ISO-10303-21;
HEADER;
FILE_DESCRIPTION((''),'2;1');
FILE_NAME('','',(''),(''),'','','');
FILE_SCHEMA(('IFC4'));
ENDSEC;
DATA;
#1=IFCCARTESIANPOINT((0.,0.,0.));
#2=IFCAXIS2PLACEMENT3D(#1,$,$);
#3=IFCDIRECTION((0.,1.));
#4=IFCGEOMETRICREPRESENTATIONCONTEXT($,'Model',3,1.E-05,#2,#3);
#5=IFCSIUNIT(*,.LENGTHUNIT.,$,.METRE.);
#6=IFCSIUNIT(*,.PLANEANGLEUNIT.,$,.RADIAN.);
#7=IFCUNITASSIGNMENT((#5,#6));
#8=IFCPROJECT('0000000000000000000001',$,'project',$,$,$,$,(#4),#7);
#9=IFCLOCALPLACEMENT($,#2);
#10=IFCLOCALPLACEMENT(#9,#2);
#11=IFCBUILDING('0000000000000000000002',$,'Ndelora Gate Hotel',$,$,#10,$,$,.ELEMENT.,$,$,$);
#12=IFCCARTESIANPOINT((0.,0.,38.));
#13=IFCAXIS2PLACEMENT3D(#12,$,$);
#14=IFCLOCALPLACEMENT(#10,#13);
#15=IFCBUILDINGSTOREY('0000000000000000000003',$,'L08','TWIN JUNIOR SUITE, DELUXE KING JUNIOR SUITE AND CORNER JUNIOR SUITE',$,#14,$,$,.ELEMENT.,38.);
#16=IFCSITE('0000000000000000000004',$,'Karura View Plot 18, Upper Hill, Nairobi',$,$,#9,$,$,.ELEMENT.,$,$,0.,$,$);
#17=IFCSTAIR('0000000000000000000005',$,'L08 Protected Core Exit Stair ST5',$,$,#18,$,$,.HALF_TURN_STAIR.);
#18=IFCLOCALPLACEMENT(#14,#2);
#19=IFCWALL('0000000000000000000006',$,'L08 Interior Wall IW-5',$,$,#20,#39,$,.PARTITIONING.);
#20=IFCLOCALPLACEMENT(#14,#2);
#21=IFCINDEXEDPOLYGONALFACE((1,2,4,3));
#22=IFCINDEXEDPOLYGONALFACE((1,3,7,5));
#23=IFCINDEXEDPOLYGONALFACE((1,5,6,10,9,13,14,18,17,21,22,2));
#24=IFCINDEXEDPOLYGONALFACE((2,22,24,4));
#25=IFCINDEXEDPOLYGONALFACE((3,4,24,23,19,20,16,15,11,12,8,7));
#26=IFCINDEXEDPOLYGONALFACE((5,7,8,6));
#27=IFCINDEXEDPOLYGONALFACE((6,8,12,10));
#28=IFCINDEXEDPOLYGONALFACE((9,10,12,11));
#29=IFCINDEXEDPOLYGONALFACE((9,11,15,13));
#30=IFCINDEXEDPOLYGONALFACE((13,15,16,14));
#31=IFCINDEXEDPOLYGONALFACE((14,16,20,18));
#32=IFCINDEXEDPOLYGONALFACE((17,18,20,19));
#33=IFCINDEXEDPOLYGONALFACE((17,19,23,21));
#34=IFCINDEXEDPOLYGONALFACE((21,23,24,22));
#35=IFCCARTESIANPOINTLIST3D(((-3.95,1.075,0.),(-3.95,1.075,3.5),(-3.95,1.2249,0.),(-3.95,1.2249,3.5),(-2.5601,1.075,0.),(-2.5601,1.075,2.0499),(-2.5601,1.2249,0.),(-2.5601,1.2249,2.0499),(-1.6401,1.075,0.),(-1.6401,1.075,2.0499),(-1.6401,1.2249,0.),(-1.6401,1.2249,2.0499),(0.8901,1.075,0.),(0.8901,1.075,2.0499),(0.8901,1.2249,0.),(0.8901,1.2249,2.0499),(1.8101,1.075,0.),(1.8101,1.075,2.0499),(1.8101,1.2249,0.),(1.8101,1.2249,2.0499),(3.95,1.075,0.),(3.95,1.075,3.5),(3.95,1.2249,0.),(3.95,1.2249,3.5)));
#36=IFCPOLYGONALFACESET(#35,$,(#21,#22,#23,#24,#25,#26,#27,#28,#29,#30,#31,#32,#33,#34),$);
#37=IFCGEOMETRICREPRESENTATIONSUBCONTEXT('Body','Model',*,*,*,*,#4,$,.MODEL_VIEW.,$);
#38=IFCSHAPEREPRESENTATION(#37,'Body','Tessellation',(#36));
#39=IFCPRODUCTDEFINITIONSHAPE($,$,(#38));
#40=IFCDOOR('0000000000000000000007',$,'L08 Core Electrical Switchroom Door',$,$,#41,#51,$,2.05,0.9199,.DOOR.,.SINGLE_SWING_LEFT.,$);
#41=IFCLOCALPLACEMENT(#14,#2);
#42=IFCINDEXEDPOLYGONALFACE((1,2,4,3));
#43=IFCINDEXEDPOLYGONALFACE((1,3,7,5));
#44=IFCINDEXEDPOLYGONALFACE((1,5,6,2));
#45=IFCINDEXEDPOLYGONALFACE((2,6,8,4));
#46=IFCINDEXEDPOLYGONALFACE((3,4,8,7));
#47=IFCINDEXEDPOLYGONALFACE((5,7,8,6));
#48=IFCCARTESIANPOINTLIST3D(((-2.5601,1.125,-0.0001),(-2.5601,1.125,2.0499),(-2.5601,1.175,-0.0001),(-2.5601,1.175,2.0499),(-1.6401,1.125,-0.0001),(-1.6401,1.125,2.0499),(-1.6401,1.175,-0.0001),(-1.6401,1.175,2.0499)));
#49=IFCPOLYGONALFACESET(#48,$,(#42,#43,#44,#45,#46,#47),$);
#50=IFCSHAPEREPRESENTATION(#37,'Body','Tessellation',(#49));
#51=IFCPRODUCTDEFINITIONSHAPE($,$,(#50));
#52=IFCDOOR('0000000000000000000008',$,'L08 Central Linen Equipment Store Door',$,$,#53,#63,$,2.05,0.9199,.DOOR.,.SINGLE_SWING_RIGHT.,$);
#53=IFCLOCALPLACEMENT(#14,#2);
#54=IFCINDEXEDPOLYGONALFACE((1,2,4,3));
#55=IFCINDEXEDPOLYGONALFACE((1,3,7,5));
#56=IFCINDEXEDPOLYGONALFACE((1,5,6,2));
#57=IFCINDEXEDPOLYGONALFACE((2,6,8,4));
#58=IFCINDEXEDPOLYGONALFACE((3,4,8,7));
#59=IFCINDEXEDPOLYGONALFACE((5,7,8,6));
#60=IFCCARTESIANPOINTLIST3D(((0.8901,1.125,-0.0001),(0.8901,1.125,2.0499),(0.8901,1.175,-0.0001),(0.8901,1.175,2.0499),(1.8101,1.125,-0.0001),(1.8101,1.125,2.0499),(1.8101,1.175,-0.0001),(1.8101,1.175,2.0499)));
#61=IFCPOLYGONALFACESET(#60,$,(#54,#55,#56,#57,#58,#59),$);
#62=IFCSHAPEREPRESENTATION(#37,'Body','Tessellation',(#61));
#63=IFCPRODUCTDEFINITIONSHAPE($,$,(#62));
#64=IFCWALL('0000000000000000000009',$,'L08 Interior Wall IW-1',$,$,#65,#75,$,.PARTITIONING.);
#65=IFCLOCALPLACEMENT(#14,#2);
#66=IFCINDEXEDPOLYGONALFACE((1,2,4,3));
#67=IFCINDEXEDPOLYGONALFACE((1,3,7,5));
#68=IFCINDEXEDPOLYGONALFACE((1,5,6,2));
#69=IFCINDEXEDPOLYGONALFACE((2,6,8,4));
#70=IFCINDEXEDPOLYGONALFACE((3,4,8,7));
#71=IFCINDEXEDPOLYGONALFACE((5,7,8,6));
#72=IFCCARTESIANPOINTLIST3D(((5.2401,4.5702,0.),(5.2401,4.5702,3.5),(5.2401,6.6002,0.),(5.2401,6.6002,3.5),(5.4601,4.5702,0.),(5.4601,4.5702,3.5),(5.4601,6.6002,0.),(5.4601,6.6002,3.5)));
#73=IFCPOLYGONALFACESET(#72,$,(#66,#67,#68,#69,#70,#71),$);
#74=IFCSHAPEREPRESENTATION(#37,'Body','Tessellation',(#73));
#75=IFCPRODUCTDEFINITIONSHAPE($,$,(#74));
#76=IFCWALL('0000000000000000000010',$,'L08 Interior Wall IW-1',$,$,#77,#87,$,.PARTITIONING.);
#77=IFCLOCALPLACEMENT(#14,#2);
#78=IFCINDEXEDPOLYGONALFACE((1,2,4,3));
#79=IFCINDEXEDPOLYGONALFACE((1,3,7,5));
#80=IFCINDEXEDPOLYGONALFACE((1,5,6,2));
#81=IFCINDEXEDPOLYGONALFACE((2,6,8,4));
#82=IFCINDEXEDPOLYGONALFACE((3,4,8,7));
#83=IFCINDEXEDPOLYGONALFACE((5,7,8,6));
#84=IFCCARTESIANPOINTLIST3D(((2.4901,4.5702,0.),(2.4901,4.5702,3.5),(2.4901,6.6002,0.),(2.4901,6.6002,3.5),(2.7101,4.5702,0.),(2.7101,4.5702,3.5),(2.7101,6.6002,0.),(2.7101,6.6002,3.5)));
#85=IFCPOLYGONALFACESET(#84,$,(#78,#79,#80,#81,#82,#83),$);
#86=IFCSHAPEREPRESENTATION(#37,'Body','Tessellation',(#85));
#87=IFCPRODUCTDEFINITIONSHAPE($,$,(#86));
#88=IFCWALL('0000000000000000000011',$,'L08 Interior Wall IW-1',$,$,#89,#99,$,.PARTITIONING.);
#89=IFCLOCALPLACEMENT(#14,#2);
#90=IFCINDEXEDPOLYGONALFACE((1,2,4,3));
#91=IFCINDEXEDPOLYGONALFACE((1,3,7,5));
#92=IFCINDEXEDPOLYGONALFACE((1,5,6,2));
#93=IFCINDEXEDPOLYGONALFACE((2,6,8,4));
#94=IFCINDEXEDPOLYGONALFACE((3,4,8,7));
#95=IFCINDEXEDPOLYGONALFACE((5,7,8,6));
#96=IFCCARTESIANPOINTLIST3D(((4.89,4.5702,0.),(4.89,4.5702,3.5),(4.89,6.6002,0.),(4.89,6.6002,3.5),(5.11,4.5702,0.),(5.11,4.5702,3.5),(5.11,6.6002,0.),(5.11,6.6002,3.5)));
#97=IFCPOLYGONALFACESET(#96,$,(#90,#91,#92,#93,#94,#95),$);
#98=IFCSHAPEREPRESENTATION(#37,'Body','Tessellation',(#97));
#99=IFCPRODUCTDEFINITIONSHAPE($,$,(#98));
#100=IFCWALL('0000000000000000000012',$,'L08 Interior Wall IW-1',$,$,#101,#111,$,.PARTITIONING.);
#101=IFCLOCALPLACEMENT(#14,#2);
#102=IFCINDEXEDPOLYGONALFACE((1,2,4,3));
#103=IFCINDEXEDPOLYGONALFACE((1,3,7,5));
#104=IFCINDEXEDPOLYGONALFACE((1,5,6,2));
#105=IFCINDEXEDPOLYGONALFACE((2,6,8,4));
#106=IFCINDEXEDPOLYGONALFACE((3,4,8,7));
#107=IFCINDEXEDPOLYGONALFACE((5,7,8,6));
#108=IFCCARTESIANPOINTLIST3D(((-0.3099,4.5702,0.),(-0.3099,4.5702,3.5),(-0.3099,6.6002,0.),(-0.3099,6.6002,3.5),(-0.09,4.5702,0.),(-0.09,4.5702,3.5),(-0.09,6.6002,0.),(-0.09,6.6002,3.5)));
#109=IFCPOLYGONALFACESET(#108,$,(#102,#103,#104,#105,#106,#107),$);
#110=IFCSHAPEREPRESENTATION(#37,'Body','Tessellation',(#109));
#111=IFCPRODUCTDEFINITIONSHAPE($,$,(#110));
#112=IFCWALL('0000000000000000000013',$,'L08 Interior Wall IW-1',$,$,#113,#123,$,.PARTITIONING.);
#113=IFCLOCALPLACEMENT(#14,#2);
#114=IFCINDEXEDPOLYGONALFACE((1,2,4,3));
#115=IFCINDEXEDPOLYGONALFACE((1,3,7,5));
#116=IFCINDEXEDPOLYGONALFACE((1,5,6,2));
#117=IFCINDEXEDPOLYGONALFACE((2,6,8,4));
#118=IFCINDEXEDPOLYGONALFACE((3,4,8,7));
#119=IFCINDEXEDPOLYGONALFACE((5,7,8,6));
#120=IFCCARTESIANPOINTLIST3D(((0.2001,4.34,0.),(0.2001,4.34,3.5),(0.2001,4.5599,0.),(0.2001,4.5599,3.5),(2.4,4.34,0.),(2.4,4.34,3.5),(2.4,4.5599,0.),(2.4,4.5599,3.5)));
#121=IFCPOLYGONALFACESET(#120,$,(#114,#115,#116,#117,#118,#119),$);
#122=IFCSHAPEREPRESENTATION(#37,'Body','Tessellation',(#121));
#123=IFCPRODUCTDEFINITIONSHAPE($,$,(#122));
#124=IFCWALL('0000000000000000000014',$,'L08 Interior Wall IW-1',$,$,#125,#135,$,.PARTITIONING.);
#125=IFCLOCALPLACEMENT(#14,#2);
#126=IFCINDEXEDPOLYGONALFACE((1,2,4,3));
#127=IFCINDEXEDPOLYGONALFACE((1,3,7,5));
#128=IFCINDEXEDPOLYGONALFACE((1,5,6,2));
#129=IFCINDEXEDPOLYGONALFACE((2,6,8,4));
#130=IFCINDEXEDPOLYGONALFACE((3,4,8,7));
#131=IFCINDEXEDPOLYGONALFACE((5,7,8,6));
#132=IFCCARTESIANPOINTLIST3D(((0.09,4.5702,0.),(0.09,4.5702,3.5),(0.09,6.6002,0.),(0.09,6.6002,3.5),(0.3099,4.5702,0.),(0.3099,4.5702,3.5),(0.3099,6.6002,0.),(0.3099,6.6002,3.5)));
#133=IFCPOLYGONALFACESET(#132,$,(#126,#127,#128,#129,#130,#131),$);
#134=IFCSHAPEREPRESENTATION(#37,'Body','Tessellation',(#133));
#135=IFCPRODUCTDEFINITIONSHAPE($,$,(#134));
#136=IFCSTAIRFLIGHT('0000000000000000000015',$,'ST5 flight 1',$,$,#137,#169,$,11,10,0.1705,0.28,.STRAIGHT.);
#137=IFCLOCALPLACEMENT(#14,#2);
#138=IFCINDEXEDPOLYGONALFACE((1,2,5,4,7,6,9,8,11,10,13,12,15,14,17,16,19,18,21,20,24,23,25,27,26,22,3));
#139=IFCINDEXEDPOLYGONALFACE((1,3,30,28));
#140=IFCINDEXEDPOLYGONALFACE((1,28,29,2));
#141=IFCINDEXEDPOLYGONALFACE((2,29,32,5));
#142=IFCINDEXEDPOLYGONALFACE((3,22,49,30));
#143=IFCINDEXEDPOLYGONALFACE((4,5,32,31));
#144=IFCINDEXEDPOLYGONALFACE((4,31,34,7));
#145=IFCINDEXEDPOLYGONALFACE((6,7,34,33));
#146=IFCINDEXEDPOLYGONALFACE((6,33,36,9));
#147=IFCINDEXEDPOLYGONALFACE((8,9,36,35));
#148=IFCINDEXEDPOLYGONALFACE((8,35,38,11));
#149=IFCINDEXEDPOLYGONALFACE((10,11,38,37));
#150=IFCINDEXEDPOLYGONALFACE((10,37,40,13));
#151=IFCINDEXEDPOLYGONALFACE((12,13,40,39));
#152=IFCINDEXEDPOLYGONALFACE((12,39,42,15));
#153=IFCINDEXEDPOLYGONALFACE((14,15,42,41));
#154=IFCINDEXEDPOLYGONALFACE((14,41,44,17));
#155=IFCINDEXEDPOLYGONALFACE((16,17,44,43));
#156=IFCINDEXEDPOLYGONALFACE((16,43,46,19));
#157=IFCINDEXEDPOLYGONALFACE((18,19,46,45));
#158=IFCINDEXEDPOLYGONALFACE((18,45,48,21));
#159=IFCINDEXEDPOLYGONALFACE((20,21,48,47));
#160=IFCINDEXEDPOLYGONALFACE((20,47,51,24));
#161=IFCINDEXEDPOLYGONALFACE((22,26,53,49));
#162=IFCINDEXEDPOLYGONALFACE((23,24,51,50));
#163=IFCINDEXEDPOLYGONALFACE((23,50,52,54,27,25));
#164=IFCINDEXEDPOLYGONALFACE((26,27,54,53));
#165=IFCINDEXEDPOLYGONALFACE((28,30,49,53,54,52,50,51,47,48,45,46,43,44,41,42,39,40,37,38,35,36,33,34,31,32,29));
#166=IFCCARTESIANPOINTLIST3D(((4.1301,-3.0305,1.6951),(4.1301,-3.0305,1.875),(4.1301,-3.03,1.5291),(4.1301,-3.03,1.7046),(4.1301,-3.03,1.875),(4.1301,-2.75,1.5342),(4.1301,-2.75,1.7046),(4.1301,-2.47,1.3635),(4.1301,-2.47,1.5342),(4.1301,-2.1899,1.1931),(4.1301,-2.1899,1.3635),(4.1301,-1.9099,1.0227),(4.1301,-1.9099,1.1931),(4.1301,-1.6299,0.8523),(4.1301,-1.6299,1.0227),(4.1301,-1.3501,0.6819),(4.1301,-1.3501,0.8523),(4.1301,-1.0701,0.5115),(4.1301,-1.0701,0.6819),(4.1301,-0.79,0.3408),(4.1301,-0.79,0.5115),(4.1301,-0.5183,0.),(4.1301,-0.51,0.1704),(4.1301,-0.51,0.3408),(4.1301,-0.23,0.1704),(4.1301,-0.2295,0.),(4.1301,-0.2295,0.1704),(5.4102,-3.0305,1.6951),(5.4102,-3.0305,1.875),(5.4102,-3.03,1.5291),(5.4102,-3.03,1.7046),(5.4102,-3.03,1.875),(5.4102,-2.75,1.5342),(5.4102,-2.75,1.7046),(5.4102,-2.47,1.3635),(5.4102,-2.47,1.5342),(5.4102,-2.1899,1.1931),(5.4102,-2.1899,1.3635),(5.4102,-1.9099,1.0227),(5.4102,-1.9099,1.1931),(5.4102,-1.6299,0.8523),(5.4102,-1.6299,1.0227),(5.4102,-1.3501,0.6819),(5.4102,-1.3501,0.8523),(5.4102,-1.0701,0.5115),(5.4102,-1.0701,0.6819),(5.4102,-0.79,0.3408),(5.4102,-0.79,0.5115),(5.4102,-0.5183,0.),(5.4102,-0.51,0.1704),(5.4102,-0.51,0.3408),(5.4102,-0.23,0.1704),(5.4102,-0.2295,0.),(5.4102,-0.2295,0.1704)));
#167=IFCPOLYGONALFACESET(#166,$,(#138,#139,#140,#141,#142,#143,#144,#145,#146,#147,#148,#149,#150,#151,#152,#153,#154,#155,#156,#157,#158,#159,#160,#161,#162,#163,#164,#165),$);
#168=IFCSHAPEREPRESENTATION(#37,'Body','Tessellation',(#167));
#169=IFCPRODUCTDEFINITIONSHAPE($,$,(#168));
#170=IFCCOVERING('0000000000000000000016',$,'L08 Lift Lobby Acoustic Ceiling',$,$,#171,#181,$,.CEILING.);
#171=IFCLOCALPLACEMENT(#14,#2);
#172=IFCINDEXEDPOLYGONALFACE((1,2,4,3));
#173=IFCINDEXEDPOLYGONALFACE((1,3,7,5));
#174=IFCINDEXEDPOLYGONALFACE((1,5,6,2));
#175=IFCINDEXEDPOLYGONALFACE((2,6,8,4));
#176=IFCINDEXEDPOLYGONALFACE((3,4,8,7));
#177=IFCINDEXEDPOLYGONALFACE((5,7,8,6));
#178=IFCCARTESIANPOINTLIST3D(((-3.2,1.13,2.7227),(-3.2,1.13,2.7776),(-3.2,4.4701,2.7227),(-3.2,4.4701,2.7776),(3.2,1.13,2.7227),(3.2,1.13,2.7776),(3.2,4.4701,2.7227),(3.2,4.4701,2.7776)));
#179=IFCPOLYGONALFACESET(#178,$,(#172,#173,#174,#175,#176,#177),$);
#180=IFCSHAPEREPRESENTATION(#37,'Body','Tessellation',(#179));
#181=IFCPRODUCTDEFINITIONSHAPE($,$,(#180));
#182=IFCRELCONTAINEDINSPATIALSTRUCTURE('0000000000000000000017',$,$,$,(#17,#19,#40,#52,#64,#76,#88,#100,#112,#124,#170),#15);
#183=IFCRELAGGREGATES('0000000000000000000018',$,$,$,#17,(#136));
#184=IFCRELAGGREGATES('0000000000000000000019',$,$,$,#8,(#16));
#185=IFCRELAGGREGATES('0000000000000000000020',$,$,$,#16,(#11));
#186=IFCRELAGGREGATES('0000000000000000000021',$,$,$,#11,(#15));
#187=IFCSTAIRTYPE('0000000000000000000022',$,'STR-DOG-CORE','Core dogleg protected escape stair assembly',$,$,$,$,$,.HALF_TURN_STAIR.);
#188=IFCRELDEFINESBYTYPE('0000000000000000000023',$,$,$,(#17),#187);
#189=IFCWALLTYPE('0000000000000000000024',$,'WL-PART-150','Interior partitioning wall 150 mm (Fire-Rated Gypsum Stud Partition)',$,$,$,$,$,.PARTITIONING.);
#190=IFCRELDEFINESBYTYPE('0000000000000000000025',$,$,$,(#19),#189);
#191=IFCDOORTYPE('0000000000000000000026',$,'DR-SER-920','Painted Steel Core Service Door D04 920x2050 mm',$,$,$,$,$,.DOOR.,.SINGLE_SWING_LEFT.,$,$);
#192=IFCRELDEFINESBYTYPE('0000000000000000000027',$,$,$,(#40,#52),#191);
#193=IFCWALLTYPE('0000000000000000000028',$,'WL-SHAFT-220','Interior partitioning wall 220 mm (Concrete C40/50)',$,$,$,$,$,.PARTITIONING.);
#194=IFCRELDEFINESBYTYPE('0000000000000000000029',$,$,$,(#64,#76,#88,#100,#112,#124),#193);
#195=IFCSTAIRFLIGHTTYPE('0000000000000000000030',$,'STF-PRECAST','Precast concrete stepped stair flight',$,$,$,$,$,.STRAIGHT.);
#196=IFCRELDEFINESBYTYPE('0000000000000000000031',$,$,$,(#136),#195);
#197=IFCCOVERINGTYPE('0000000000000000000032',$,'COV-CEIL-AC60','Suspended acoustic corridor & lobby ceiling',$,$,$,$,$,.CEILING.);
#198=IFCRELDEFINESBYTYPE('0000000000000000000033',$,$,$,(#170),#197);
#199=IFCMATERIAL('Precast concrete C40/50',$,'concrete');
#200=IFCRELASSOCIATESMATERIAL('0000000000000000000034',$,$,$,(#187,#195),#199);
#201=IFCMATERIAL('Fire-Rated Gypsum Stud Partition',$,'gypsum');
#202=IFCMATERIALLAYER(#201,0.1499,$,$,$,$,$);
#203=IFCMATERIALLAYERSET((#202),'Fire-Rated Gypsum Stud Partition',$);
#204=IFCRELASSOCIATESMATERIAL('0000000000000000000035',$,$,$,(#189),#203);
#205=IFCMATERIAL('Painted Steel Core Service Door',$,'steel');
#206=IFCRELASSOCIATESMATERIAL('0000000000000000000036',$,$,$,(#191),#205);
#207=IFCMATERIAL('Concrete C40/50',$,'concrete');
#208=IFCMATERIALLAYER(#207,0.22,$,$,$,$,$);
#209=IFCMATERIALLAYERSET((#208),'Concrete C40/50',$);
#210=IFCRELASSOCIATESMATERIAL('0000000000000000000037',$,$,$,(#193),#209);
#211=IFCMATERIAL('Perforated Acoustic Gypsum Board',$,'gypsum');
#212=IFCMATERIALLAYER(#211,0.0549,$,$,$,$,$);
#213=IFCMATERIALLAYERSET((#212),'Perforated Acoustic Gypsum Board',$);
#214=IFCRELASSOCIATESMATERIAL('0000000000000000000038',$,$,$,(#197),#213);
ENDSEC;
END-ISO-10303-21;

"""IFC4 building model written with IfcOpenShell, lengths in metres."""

from ifc_helpers import new_model, si_unit, direction, frame, frame_2d, origin, origin_2d, place, context, subcontext, project, spatial, polyline, rectangle, outline, extrude, material, layer, layer_set, type_object, element, fill, aggregate, save


model = new_model("IFC4")

# Units and contexts
model_context = context("Model", 3, precision=1e-05, world=origin(), true_north=direction((0.0, 1.0)))
body_context = subcontext(model_context, "Body", "Model", "MODEL_VIEW")
ifc_project = project(units=[si_unit("LENGTHUNIT", "METRE"), si_unit("PLANEANGLEUNIT", "RADIAN")], contexts=[model_context])

# Site, building, storey
site_placement = place(None, origin())
site = spatial("IfcSite", under=ifc_project, at=site_placement, Name="Karura View Plot 18, Upper Hill, Nairobi", CompositionType="ELEMENT", RefElevation=0.0)
building_placement = place(site_placement, origin())
building = spatial("IfcBuilding", under=site, at=building_placement, Name="Ndelora Gate Hotel", CompositionType="ELEMENT")
storey_placement = place(building_placement, frame((0.0, 0.0, 38.0)))
storey = spatial("IfcBuildingStorey", under=building, at=storey_placement, Name="L08", Description="TWIN JUNIOR SUITE, DELUXE KING JUNIOR SUITE AND CORNER JUNIOR SUITE", CompositionType="ELEMENT", Elevation=38.0)

# Stair
ifc_material_1 = material(Name="Precast concrete C40/50", Category="concrete")
stair_type = type_object("IfcStairType", Name="STR-DOG-CORE", Description="Core dogleg protected escape stair assembly", PredefinedType="HALF_TURN_STAIR", material=ifc_material_1)
stair_1_placement = place(storey_placement, origin())
stair_1 = element("IfcStair", 1, at=stair_1_placement, inside=storey, type_object=stair_type, Name="L08 Protected Core Exit Stair ST5", PredefinedType="HALF_TURN_STAIR")

# Shared definitions
ifc_material_2 = material(Name="Concrete C40/50", Category="concrete")

# Wall, openings, doors
ifc_material_3 = material(Name="Fire-Rated Gypsum Stud Partition", Category="gypsum")
ifc_layer_1 = layer(ifc_material_3, 0.1499)
ifc_layer_set_1 = layer_set([ifc_layer_1], Name="Fire-Rated Gypsum Stud Partition")
wall_type_1 = type_object("IfcWallType", Name="WL-PART-150", Description="Interior partitioning wall 150 mm (Fire-Rated Gypsum Stud Partition)", PredefinedType="PARTITIONING", material=ifc_layer_set_1)
wall_1_placement = place(storey_placement, frame((3.95, 1.1499, 0.0), z_axis=(0.0, 0.0, 1.0), x_axis=(-1.0, 0.0, 0.0)))
wall_1 = element("IfcWall", 2, at=wall_1_placement, inside=storey, type_object=wall_type_1, Name="L08 Interior Wall IW-5", PredefinedType="PARTITIONING", context=body_context, shape_type="SweptSolid", body=[
    extrude(rectangle(XDim=7.8999, YDim=0.1499, at=frame_2d((3.95, 0.0))), origin(), (0.0, 0.0, 1.0), 3.5),
])
opening_1_placement = place(wall_1_placement, frame((5.5901, 0.0, 0.0)))
opening_1 = element("IfcOpeningElement", 3, at=opening_1_placement, cuts=wall_1, PredefinedType="OPENING", context=body_context, shape_type="SweptSolid", body=[
    extrude(rectangle(XDim=0.9199, YDim=2.05, at=frame_2d((0.46, 1.0249))), frame((0.0, 0.085, 0.0), z_axis=(0.0, -1.0, 0.0), x_axis=(1.0, 0.0, 0.0)), (0.0, 0.0, 1.0), 0.1699),
])
opening_2_placement = place(wall_1_placement, frame((2.1399, 0.0, 0.0)))
opening_2 = element("IfcOpeningElement", 4, at=opening_2_placement, cuts=wall_1, PredefinedType="OPENING", context=body_context, shape_type="SweptSolid", body=[
    extrude(rectangle(XDim=0.9199, YDim=2.05, at=frame_2d((0.46, 1.0249))), frame((0.0, 0.085, 0.0), z_axis=(0.0, -1.0, 0.0), x_axis=(1.0, 0.0, 0.0)), (0.0, 0.0, 1.0), 0.1699),
])
ifc_material_4 = material(Name="Painted Steel Core Service Door", Category="steel")
door_type_1 = type_object("IfcDoorType", Name="DR-SER-920", Description="Painted Steel Core Service Door D04 920x2050 mm", OperationType="SINGLE_SWING_LEFT", PredefinedType="DOOR", material=ifc_material_4)
door_1_placement = place(opening_1_placement, origin())
door_1 = element("IfcDoor", 5, at=door_1_placement, inside=storey, type_object=door_type_1, Name="L08 Core Electrical Switchroom Door", OperationType="SINGLE_SWING_LEFT", OverallHeight=2.05, OverallWidth=0.9199, PredefinedType="DOOR", context=body_context, shape_type="SweptSolid", body=[
    extrude(rectangle(XDim=0.9199, YDim=2.05, at=frame_2d((0.46, 1.0249))), frame((0.0, 0.0249, 0.0), z_axis=(0.0, -1.0, 0.0), x_axis=(1.0, 0.0, 0.0)), (0.0, 0.0, 1.0), 0.05),
])
fill(opening_1, door_1)
door_2_placement = place(opening_2_placement, origin())
door_2 = element("IfcDoor", 6, at=door_2_placement, inside=storey, type_object=door_type_1, Name="L08 Central Linen Equipment Store Door", OperationType="SINGLE_SWING_RIGHT", OverallHeight=2.05, OverallWidth=0.9199, PredefinedType="DOOR", context=body_context, shape_type="SweptSolid", body=[
    extrude(rectangle(XDim=0.9199, YDim=2.05, at=frame_2d((0.46, 1.0249))), frame((0.0, 0.0249, 0.0), z_axis=(0.0, -1.0, 0.0), x_axis=(1.0, 0.0, 0.0)), (0.0, 0.0, 1.0), 0.05),
])
fill(opening_2, door_2)

# Shared definitions
ifc_layer_2 = layer(ifc_material_2, 0.22)
ifc_layer_set_2 = layer_set([ifc_layer_2], Name="Concrete C40/50")
wall_type_2 = type_object("IfcWallType", Name="WL-SHAFT-220", Description="Interior partitioning wall 220 mm (Concrete C40/50)", PredefinedType="PARTITIONING", material=ifc_layer_set_2)

# Wall
wall_2_placement = place(storey_placement, frame((5.3501, 4.5701, 0.0), z_axis=(0.0, 0.0, 1.0), x_axis=(0.0, 1.0, 0.0)))
element("IfcWall", 7, at=wall_2_placement, inside=storey, type_object=wall_type_2, Name="L08 Interior Wall IW-1", PredefinedType="PARTITIONING", context=body_context, shape_type="SweptSolid", body=[
    extrude(rectangle(XDim=2.03, YDim=0.22, at=frame_2d((1.0151, 0.0))), origin(), (0.0, 0.0, 1.0), 3.5),
])

# Walls
for number, where, z_axis, x_axis, name in (
    (8, (2.6001, 4.5701, 0.0), (0.0, 0.0, 1.0), (0.0, 1.0, 0.0), "L08 Interior Wall IW-1"),
    (9, (5.0, 4.5701, 0.0), (0.0, 0.0, 1.0), (0.0, 1.0, 0.0), "L08 Interior Wall IW-1"),
    (10, (-0.2, 4.5701, 0.0), (0.0, 0.0, 1.0), (0.0, 1.0, 0.0), "L08 Interior Wall IW-1"),
):
    element("IfcWall", number, at=place(storey_placement, frame(where, z_axis=z_axis, x_axis=x_axis)), inside=storey, type_object=wall_type_2, Name=name, PredefinedType="PARTITIONING", context=body_context, shape_type="SweptSolid", body=[
        extrude(rectangle(XDim=2.03, YDim=0.22, at=frame_2d((1.0151, 0.0))), origin(), (0.0, 0.0, 1.0), 3.5),
    ])
wall_3_placement = place(storey_placement, frame((0.2, 4.45, 0.0), z_axis=(0.0, 0.0, 1.0), x_axis=(1.0, 0.0, 0.0)))
element("IfcWall", 11, at=wall_3_placement, inside=storey, type_object=wall_type_2, Name="L08 Interior Wall IW-1", PredefinedType="PARTITIONING", context=body_context, shape_type="SweptSolid", body=[
    extrude(rectangle(XDim=2.2, YDim=0.22, at=frame_2d((1.1001, 0.0))), origin(), (0.0, 0.0, 1.0), 3.5),
])
wall_4_placement = place(storey_placement, frame((0.2, 4.5701, 0.0), z_axis=(0.0, 0.0, 1.0), x_axis=(0.0, 1.0, 0.0)))
element("IfcWall", 12, at=wall_4_placement, inside=storey, type_object=wall_type_2, Name="L08 Interior Wall IW-1", PredefinedType="PARTITIONING", context=body_context, shape_type="SweptSolid", body=[
    extrude(rectangle(XDim=2.03, YDim=0.22, at=frame_2d((1.0151, 0.0))), origin(), (0.0, 0.0, 1.0), 3.5),
])

# Stair flight
stair_flight_type = type_object("IfcStairFlightType", Name="STF-PRECAST", Description="Precast concrete stepped stair flight", PredefinedType="STRAIGHT", material=ifc_material_1)
stair_flight_placement = place(storey_placement, frame((4.77, -0.23, 0.0), z_axis=(0.0, 0.0, 1.0), x_axis=(0.0, -1.0, 0.0)))
stair_flight = element("IfcStairFlight", 13, at=stair_flight_placement, type_object=stair_flight_type, Name="ST5 flight 1", NumberOfRisers=11, NumberOfTreads=10, PredefinedType="STRAIGHT", RiserHeight=0.1705, TreadLength=0.28, context=body_context, shape_type="SweptSolid", body=[
    extrude(outline(polyline([(-0.0005, 0.0), (-0.0005, 0.1704), (0.0, 0.1704), (0.28, 0.1704), (0.28, 0.3408), (0.5601, 0.3408), (0.5601, 0.5115), (0.8401, 0.5115), (0.8401, 0.6819), (1.1201, 0.6819), (1.1201, 0.8523), (1.3999, 0.8523), (1.3999, 1.0227), (1.6799, 1.0227), (1.6799, 1.1931), (1.96, 1.1931), (1.96, 1.3635), (2.24, 1.3635), (2.24, 1.5342), (2.52, 1.5342), (2.52, 1.7046), (2.8, 1.7046), (2.8, 1.875), (2.8005, 1.875), (2.8005, 1.6951), (2.8, 1.5291), (0.2883, 0.0), (-0.0005, 0.0)])), frame((0.0, 0.6401, 0.0), z_axis=(0.0, -1.0, 0.0), x_axis=(1.0, 0.0, 0.0)), (0.0, 0.0, 1.0), 1.28),
])
aggregate(stair_1, [stair_flight])

# Covering
ifc_material_5 = material(Name="Perforated Acoustic Gypsum Board", Category="gypsum")
ifc_layer_3 = layer(ifc_material_5, 0.0549)
ifc_layer_set_3 = layer_set([ifc_layer_3], Name="Perforated Acoustic Gypsum Board")
covering_type_1 = type_object("IfcCoveringType", Name="COV-CEIL-AC60", Description="Suspended acoustic corridor & lobby ceiling", PredefinedType="CEILING", material=ifc_layer_set_3)
covering_1_placement = place(storey_placement, frame((0.0, 2.8, 2.7227), z_axis=(0.0, 0.0, 1.0), x_axis=(1.0, 0.0, 0.0)))
element("IfcCovering", 14, at=covering_1_placement, inside=storey, type_object=covering_type_1, Name="L08 Lift Lobby Acoustic Ceiling", PredefinedType="CEILING", context=body_context, shape_type="SweptSolid", body=[
    extrude(rectangle(XDim=6.3999, YDim=3.3401, at=origin_2d()), origin(), (0.0, 0.0, 1.0), 0.0549),
])

save(model, "model.ifc")
